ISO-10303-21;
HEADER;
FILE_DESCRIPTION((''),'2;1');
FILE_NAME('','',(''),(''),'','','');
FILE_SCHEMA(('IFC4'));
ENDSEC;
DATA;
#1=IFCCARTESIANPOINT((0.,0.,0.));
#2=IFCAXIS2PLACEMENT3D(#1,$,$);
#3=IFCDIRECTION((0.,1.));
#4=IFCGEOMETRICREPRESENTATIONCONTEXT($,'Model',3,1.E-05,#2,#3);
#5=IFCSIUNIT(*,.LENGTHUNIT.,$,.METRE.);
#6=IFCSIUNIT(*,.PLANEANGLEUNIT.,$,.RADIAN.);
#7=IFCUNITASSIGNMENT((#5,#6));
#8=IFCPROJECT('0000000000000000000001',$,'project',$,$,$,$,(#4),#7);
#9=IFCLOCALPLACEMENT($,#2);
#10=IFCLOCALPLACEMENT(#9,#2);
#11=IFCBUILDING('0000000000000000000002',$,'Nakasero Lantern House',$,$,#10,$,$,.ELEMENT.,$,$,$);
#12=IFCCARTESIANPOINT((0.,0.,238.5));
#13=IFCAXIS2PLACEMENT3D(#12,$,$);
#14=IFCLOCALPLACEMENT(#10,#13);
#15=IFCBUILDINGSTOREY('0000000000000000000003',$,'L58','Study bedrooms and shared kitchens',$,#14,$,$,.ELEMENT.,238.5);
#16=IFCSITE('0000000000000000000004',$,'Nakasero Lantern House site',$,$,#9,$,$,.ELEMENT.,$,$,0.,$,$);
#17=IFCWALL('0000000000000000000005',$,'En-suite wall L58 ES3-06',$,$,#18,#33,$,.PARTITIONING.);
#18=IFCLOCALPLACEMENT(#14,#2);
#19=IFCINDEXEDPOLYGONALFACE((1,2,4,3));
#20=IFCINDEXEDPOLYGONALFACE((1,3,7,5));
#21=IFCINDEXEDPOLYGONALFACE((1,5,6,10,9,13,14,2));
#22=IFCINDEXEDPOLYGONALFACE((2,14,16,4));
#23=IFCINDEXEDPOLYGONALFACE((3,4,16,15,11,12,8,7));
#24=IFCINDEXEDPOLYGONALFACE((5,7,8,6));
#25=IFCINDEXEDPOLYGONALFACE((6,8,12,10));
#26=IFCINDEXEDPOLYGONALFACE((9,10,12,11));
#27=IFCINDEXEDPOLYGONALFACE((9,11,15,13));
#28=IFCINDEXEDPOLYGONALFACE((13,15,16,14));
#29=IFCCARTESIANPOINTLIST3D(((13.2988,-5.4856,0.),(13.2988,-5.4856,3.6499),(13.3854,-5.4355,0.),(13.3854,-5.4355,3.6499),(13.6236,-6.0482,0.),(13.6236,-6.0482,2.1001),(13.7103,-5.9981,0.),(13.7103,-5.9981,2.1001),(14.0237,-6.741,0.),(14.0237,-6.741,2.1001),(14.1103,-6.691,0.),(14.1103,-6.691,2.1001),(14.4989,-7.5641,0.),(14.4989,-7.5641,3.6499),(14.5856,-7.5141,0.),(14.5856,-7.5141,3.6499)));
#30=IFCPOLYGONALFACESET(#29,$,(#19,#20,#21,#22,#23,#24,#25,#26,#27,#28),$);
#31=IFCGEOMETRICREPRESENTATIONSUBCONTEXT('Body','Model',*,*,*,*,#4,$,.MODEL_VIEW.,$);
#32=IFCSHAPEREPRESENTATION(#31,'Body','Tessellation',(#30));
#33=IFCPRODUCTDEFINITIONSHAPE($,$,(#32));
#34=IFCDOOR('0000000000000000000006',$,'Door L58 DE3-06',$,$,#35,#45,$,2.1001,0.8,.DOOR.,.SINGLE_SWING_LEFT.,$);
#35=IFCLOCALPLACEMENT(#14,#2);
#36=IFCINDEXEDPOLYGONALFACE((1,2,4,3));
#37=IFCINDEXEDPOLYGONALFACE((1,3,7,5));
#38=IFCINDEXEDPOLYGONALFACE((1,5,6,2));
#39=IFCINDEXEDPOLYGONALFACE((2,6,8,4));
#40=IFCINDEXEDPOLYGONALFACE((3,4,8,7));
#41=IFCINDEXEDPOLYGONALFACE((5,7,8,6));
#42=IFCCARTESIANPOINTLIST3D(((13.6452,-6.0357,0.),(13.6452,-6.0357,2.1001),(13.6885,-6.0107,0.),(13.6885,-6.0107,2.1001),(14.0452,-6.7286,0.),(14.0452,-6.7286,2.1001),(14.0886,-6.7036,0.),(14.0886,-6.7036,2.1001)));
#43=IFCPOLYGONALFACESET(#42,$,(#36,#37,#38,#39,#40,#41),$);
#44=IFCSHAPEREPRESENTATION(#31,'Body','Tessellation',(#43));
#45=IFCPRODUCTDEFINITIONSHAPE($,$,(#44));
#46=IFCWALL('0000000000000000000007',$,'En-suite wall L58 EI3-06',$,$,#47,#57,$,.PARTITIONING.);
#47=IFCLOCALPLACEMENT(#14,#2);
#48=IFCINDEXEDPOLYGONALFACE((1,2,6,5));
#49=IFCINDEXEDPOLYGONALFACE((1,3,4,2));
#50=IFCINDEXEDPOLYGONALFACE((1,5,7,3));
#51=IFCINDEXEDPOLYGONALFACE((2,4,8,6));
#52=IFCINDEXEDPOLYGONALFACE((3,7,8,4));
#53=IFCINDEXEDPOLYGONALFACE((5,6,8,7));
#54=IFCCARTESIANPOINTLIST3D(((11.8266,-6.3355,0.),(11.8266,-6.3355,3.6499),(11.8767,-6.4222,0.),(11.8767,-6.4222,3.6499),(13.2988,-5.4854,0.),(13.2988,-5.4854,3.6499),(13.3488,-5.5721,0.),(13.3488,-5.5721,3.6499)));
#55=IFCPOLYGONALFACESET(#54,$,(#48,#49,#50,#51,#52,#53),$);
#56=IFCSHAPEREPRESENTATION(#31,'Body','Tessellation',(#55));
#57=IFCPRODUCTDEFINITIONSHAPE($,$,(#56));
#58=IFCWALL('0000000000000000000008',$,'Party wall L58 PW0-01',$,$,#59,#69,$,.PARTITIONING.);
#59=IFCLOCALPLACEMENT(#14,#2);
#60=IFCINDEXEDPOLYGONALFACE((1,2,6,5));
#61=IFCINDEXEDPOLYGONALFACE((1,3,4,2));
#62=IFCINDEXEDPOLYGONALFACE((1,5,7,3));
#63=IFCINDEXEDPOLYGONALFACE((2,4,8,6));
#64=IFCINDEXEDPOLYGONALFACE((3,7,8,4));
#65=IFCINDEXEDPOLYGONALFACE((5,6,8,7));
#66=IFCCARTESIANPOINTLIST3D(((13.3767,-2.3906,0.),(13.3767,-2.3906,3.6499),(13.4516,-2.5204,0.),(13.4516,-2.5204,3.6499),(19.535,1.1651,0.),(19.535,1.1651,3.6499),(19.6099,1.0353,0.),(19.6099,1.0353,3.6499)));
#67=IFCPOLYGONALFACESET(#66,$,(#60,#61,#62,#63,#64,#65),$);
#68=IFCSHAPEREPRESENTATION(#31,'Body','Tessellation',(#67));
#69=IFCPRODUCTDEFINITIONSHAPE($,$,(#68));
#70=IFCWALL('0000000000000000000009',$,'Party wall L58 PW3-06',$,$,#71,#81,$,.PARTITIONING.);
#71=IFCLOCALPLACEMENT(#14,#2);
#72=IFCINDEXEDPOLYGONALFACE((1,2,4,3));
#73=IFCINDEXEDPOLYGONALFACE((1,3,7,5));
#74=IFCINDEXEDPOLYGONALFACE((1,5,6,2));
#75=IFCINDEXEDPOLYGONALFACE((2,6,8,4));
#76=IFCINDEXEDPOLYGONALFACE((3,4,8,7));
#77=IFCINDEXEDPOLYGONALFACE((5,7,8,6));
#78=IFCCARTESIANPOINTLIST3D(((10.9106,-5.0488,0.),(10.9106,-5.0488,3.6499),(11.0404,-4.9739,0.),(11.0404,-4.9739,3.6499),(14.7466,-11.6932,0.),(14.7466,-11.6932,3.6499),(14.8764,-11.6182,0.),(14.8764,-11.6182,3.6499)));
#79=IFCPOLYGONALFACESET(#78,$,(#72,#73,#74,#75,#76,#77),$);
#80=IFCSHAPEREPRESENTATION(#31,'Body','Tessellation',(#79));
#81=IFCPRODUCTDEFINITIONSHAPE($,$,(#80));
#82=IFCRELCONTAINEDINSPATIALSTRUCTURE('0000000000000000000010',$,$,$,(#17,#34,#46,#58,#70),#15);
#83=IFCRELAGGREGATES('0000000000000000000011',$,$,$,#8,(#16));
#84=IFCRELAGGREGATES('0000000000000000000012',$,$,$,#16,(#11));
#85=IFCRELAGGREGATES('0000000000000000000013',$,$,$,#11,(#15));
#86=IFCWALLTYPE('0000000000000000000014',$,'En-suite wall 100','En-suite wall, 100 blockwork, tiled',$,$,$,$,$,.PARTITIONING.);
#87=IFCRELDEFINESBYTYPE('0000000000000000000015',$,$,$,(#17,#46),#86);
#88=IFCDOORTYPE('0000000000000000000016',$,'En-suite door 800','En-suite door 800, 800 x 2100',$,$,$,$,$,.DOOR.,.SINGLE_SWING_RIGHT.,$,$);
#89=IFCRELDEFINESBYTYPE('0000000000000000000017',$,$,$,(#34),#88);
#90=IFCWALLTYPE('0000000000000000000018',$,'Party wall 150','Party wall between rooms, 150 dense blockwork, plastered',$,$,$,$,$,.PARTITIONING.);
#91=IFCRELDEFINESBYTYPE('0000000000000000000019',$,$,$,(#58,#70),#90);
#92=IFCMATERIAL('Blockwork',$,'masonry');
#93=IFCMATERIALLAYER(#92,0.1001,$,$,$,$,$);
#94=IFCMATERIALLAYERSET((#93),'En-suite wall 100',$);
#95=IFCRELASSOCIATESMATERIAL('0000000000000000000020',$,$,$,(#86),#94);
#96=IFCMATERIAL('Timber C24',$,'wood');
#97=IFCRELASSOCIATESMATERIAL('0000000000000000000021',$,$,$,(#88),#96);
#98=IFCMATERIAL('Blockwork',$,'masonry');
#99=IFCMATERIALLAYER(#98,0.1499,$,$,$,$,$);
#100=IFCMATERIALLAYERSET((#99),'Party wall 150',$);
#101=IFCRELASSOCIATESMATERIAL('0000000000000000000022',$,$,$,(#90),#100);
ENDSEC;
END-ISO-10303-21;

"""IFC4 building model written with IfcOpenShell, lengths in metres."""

from ifc_helpers import new_model, si_unit, direction, frame, frame_2d, origin, place, context, subcontext, project, spatial, rectangle, extrude, material, layer, layer_set, type_object, element, fill, save


model = new_model("IFC4")

# Units and contexts
model_context = context("Model", 3, precision=1e-05, world=origin(), true_north=direction((0.0, 1.0)))
body_context = subcontext(model_context, "Body", "Model", "MODEL_VIEW")
ifc_project = project(units=[si_unit("LENGTHUNIT", "METRE"), si_unit("PLANEANGLEUNIT", "RADIAN")], contexts=[model_context])

# Site, building, storey
site_placement = place(None, origin())
site = spatial("IfcSite", under=ifc_project, at=site_placement, Name="Nakasero Lantern House site", CompositionType="ELEMENT", RefElevation=0.0)
building_placement = place(site_placement, origin())
building = spatial("IfcBuilding", under=site, at=building_placement, Name="Nakasero Lantern House", CompositionType="ELEMENT")
storey_placement = place(building_placement, frame((0.0, 0.0, 238.5)))
storey = spatial("IfcBuildingStorey", under=building, at=storey_placement, Name="L58", Description="Study bedrooms and shared kitchens", CompositionType="ELEMENT", Elevation=238.5)

# Wall, opening, door
ifc_material_1 = material(Name="Blockwork", Category="masonry")
ifc_layer_1 = layer(ifc_material_1, 0.1001)
ifc_layer_set_1 = layer_set([ifc_layer_1], Name="En-suite wall 100")
wall_type_1 = type_object("IfcWallType", Name="En-suite wall 100", Description="En-suite wall, 100 blockwork, tiled", PredefinedType="PARTITIONING", material=ifc_layer_set_1)
wall_1_placement = place(storey_placement, frame((13.342, -5.4604, 0.0), z_axis=(0.0, 0.0, 1.0), x_axis=(0.500034, -0.866006, 0.0)))
wall_1 = element("IfcWall", 1, at=wall_1_placement, inside=storey, type_object=wall_type_1, Name="En-suite wall L58 ES3-06", PredefinedType="PARTITIONING", context=body_context, shape_type="SweptSolid", body=[
    extrude(rectangle(XDim=2.4001, YDim=0.1001, at=frame_2d((1.2002, 0.0))), origin(), (0.0, 0.0, 1.0), 3.6499),
])
opening_1_placement = place(wall_1_placement, frame((0.6499, 0.0, 0.0)))
opening_1 = element("IfcOpeningElement", 2, at=opening_1_placement, cuts=wall_1, PredefinedType="OPENING", context=body_context, shape_type="SweptSolid", body=[
    extrude(rectangle(XDim=0.8, YDim=2.1001, at=frame_2d((0.3999, 1.05))), frame((0.0, 0.0701, 0.0), z_axis=(0.0, -1.0, 0.0), x_axis=(1.0, 0.0, 0.0)), (0.0, 0.0, 1.0), 0.1401),
])
ifc_material_2 = material(Name="Timber C24", Category="wood")
door_type_1 = type_object("IfcDoorType", Name="En-suite door 800", Description="En-suite door 800, 800 x 2100", OperationType="SINGLE_SWING_RIGHT", PredefinedType="DOOR", material=ifc_material_2)
door_1_placement = place(opening_1_placement, origin())
door_1 = element("IfcDoor", 3, at=door_1_placement, inside=storey, type_object=door_type_1, Name="Door L58 DE3-06", OperationType="SINGLE_SWING_LEFT", OverallHeight=2.1001, OverallWidth=0.8, PredefinedType="DOOR", context=body_context, shape_type="SweptSolid", body=[
    extrude(rectangle(XDim=0.8, YDim=2.1001, at=frame_2d((0.3999, 1.05))), frame((0.0, 0.0249, 0.0), z_axis=(0.0, -1.0, 0.0), x_axis=(1.0, 0.0, 0.0)), (0.0, 0.0, 1.0), 0.05),
])
fill(opening_1, door_1)

# Walls
wall_2_placement = place(storey_placement, frame((11.8516, -6.3789, 0.0), z_axis=(0.0, 0.0, 1.0), x_axis=(0.865989, 0.500062, 0.0)))
element("IfcWall", 4, at=wall_2_placement, inside=storey, type_object=wall_type_1, Name="En-suite wall L58 EI3-06", PredefinedType="PARTITIONING", context=body_context, shape_type="SweptSolid", body=[
    extrude(rectangle(XDim=1.7, YDim=0.1001, at=frame_2d((0.8501, 0.0))), origin(), (0.0, 0.0, 1.0), 3.6499),
])
ifc_material_3 = material(Name="Blockwork", Category="masonry")
ifc_layer_2 = layer(ifc_material_3, 0.1499)
ifc_layer_set_2 = layer_set([ifc_layer_2], Name="Party wall 150")
wall_type_2 = type_object("IfcWallType", Name="Party wall 150", Description="Party wall between rooms, 150 dense blockwork, plastered", PredefinedType="PARTITIONING", material=ifc_layer_set_2)
wall_3_placement = place(storey_placement, frame((13.4141, -2.4556, 0.0), z_axis=(0.0, 0.0, 1.0), x_axis=(0.866012, 0.500024, 0.0)))
element("IfcWall", 5, at=wall_3_placement, inside=storey, type_object=wall_type_2, Name="Party wall L58 PW0-01", PredefinedType="PARTITIONING", context=body_context, shape_type="SweptSolid", body=[
    extrude(rectangle(XDim=7.1111, YDim=0.1499, at=frame_2d((3.5557, 0.0))), origin(), (0.0, 0.0, 1.0), 3.6499),
])
wall_4_placement = place(storey_placement, frame((10.9756, -5.0115, 0.0), z_axis=(0.0, 0.0, 1.0), x_axis=(0.499986, -0.866034, 0.0)))
element("IfcWall", 6, at=wall_4_placement, inside=storey, type_object=wall_type_2, Name="Party wall L58 PW3-06", PredefinedType="PARTITIONING", context=body_context, shape_type="SweptSolid", body=[
    extrude(rectangle(XDim=7.6721, YDim=0.1499, at=frame_2d((3.8359, 0.0))), origin(), (0.0, 0.0, 1.0), 3.6499),
])

save(model, "model.ifc")
